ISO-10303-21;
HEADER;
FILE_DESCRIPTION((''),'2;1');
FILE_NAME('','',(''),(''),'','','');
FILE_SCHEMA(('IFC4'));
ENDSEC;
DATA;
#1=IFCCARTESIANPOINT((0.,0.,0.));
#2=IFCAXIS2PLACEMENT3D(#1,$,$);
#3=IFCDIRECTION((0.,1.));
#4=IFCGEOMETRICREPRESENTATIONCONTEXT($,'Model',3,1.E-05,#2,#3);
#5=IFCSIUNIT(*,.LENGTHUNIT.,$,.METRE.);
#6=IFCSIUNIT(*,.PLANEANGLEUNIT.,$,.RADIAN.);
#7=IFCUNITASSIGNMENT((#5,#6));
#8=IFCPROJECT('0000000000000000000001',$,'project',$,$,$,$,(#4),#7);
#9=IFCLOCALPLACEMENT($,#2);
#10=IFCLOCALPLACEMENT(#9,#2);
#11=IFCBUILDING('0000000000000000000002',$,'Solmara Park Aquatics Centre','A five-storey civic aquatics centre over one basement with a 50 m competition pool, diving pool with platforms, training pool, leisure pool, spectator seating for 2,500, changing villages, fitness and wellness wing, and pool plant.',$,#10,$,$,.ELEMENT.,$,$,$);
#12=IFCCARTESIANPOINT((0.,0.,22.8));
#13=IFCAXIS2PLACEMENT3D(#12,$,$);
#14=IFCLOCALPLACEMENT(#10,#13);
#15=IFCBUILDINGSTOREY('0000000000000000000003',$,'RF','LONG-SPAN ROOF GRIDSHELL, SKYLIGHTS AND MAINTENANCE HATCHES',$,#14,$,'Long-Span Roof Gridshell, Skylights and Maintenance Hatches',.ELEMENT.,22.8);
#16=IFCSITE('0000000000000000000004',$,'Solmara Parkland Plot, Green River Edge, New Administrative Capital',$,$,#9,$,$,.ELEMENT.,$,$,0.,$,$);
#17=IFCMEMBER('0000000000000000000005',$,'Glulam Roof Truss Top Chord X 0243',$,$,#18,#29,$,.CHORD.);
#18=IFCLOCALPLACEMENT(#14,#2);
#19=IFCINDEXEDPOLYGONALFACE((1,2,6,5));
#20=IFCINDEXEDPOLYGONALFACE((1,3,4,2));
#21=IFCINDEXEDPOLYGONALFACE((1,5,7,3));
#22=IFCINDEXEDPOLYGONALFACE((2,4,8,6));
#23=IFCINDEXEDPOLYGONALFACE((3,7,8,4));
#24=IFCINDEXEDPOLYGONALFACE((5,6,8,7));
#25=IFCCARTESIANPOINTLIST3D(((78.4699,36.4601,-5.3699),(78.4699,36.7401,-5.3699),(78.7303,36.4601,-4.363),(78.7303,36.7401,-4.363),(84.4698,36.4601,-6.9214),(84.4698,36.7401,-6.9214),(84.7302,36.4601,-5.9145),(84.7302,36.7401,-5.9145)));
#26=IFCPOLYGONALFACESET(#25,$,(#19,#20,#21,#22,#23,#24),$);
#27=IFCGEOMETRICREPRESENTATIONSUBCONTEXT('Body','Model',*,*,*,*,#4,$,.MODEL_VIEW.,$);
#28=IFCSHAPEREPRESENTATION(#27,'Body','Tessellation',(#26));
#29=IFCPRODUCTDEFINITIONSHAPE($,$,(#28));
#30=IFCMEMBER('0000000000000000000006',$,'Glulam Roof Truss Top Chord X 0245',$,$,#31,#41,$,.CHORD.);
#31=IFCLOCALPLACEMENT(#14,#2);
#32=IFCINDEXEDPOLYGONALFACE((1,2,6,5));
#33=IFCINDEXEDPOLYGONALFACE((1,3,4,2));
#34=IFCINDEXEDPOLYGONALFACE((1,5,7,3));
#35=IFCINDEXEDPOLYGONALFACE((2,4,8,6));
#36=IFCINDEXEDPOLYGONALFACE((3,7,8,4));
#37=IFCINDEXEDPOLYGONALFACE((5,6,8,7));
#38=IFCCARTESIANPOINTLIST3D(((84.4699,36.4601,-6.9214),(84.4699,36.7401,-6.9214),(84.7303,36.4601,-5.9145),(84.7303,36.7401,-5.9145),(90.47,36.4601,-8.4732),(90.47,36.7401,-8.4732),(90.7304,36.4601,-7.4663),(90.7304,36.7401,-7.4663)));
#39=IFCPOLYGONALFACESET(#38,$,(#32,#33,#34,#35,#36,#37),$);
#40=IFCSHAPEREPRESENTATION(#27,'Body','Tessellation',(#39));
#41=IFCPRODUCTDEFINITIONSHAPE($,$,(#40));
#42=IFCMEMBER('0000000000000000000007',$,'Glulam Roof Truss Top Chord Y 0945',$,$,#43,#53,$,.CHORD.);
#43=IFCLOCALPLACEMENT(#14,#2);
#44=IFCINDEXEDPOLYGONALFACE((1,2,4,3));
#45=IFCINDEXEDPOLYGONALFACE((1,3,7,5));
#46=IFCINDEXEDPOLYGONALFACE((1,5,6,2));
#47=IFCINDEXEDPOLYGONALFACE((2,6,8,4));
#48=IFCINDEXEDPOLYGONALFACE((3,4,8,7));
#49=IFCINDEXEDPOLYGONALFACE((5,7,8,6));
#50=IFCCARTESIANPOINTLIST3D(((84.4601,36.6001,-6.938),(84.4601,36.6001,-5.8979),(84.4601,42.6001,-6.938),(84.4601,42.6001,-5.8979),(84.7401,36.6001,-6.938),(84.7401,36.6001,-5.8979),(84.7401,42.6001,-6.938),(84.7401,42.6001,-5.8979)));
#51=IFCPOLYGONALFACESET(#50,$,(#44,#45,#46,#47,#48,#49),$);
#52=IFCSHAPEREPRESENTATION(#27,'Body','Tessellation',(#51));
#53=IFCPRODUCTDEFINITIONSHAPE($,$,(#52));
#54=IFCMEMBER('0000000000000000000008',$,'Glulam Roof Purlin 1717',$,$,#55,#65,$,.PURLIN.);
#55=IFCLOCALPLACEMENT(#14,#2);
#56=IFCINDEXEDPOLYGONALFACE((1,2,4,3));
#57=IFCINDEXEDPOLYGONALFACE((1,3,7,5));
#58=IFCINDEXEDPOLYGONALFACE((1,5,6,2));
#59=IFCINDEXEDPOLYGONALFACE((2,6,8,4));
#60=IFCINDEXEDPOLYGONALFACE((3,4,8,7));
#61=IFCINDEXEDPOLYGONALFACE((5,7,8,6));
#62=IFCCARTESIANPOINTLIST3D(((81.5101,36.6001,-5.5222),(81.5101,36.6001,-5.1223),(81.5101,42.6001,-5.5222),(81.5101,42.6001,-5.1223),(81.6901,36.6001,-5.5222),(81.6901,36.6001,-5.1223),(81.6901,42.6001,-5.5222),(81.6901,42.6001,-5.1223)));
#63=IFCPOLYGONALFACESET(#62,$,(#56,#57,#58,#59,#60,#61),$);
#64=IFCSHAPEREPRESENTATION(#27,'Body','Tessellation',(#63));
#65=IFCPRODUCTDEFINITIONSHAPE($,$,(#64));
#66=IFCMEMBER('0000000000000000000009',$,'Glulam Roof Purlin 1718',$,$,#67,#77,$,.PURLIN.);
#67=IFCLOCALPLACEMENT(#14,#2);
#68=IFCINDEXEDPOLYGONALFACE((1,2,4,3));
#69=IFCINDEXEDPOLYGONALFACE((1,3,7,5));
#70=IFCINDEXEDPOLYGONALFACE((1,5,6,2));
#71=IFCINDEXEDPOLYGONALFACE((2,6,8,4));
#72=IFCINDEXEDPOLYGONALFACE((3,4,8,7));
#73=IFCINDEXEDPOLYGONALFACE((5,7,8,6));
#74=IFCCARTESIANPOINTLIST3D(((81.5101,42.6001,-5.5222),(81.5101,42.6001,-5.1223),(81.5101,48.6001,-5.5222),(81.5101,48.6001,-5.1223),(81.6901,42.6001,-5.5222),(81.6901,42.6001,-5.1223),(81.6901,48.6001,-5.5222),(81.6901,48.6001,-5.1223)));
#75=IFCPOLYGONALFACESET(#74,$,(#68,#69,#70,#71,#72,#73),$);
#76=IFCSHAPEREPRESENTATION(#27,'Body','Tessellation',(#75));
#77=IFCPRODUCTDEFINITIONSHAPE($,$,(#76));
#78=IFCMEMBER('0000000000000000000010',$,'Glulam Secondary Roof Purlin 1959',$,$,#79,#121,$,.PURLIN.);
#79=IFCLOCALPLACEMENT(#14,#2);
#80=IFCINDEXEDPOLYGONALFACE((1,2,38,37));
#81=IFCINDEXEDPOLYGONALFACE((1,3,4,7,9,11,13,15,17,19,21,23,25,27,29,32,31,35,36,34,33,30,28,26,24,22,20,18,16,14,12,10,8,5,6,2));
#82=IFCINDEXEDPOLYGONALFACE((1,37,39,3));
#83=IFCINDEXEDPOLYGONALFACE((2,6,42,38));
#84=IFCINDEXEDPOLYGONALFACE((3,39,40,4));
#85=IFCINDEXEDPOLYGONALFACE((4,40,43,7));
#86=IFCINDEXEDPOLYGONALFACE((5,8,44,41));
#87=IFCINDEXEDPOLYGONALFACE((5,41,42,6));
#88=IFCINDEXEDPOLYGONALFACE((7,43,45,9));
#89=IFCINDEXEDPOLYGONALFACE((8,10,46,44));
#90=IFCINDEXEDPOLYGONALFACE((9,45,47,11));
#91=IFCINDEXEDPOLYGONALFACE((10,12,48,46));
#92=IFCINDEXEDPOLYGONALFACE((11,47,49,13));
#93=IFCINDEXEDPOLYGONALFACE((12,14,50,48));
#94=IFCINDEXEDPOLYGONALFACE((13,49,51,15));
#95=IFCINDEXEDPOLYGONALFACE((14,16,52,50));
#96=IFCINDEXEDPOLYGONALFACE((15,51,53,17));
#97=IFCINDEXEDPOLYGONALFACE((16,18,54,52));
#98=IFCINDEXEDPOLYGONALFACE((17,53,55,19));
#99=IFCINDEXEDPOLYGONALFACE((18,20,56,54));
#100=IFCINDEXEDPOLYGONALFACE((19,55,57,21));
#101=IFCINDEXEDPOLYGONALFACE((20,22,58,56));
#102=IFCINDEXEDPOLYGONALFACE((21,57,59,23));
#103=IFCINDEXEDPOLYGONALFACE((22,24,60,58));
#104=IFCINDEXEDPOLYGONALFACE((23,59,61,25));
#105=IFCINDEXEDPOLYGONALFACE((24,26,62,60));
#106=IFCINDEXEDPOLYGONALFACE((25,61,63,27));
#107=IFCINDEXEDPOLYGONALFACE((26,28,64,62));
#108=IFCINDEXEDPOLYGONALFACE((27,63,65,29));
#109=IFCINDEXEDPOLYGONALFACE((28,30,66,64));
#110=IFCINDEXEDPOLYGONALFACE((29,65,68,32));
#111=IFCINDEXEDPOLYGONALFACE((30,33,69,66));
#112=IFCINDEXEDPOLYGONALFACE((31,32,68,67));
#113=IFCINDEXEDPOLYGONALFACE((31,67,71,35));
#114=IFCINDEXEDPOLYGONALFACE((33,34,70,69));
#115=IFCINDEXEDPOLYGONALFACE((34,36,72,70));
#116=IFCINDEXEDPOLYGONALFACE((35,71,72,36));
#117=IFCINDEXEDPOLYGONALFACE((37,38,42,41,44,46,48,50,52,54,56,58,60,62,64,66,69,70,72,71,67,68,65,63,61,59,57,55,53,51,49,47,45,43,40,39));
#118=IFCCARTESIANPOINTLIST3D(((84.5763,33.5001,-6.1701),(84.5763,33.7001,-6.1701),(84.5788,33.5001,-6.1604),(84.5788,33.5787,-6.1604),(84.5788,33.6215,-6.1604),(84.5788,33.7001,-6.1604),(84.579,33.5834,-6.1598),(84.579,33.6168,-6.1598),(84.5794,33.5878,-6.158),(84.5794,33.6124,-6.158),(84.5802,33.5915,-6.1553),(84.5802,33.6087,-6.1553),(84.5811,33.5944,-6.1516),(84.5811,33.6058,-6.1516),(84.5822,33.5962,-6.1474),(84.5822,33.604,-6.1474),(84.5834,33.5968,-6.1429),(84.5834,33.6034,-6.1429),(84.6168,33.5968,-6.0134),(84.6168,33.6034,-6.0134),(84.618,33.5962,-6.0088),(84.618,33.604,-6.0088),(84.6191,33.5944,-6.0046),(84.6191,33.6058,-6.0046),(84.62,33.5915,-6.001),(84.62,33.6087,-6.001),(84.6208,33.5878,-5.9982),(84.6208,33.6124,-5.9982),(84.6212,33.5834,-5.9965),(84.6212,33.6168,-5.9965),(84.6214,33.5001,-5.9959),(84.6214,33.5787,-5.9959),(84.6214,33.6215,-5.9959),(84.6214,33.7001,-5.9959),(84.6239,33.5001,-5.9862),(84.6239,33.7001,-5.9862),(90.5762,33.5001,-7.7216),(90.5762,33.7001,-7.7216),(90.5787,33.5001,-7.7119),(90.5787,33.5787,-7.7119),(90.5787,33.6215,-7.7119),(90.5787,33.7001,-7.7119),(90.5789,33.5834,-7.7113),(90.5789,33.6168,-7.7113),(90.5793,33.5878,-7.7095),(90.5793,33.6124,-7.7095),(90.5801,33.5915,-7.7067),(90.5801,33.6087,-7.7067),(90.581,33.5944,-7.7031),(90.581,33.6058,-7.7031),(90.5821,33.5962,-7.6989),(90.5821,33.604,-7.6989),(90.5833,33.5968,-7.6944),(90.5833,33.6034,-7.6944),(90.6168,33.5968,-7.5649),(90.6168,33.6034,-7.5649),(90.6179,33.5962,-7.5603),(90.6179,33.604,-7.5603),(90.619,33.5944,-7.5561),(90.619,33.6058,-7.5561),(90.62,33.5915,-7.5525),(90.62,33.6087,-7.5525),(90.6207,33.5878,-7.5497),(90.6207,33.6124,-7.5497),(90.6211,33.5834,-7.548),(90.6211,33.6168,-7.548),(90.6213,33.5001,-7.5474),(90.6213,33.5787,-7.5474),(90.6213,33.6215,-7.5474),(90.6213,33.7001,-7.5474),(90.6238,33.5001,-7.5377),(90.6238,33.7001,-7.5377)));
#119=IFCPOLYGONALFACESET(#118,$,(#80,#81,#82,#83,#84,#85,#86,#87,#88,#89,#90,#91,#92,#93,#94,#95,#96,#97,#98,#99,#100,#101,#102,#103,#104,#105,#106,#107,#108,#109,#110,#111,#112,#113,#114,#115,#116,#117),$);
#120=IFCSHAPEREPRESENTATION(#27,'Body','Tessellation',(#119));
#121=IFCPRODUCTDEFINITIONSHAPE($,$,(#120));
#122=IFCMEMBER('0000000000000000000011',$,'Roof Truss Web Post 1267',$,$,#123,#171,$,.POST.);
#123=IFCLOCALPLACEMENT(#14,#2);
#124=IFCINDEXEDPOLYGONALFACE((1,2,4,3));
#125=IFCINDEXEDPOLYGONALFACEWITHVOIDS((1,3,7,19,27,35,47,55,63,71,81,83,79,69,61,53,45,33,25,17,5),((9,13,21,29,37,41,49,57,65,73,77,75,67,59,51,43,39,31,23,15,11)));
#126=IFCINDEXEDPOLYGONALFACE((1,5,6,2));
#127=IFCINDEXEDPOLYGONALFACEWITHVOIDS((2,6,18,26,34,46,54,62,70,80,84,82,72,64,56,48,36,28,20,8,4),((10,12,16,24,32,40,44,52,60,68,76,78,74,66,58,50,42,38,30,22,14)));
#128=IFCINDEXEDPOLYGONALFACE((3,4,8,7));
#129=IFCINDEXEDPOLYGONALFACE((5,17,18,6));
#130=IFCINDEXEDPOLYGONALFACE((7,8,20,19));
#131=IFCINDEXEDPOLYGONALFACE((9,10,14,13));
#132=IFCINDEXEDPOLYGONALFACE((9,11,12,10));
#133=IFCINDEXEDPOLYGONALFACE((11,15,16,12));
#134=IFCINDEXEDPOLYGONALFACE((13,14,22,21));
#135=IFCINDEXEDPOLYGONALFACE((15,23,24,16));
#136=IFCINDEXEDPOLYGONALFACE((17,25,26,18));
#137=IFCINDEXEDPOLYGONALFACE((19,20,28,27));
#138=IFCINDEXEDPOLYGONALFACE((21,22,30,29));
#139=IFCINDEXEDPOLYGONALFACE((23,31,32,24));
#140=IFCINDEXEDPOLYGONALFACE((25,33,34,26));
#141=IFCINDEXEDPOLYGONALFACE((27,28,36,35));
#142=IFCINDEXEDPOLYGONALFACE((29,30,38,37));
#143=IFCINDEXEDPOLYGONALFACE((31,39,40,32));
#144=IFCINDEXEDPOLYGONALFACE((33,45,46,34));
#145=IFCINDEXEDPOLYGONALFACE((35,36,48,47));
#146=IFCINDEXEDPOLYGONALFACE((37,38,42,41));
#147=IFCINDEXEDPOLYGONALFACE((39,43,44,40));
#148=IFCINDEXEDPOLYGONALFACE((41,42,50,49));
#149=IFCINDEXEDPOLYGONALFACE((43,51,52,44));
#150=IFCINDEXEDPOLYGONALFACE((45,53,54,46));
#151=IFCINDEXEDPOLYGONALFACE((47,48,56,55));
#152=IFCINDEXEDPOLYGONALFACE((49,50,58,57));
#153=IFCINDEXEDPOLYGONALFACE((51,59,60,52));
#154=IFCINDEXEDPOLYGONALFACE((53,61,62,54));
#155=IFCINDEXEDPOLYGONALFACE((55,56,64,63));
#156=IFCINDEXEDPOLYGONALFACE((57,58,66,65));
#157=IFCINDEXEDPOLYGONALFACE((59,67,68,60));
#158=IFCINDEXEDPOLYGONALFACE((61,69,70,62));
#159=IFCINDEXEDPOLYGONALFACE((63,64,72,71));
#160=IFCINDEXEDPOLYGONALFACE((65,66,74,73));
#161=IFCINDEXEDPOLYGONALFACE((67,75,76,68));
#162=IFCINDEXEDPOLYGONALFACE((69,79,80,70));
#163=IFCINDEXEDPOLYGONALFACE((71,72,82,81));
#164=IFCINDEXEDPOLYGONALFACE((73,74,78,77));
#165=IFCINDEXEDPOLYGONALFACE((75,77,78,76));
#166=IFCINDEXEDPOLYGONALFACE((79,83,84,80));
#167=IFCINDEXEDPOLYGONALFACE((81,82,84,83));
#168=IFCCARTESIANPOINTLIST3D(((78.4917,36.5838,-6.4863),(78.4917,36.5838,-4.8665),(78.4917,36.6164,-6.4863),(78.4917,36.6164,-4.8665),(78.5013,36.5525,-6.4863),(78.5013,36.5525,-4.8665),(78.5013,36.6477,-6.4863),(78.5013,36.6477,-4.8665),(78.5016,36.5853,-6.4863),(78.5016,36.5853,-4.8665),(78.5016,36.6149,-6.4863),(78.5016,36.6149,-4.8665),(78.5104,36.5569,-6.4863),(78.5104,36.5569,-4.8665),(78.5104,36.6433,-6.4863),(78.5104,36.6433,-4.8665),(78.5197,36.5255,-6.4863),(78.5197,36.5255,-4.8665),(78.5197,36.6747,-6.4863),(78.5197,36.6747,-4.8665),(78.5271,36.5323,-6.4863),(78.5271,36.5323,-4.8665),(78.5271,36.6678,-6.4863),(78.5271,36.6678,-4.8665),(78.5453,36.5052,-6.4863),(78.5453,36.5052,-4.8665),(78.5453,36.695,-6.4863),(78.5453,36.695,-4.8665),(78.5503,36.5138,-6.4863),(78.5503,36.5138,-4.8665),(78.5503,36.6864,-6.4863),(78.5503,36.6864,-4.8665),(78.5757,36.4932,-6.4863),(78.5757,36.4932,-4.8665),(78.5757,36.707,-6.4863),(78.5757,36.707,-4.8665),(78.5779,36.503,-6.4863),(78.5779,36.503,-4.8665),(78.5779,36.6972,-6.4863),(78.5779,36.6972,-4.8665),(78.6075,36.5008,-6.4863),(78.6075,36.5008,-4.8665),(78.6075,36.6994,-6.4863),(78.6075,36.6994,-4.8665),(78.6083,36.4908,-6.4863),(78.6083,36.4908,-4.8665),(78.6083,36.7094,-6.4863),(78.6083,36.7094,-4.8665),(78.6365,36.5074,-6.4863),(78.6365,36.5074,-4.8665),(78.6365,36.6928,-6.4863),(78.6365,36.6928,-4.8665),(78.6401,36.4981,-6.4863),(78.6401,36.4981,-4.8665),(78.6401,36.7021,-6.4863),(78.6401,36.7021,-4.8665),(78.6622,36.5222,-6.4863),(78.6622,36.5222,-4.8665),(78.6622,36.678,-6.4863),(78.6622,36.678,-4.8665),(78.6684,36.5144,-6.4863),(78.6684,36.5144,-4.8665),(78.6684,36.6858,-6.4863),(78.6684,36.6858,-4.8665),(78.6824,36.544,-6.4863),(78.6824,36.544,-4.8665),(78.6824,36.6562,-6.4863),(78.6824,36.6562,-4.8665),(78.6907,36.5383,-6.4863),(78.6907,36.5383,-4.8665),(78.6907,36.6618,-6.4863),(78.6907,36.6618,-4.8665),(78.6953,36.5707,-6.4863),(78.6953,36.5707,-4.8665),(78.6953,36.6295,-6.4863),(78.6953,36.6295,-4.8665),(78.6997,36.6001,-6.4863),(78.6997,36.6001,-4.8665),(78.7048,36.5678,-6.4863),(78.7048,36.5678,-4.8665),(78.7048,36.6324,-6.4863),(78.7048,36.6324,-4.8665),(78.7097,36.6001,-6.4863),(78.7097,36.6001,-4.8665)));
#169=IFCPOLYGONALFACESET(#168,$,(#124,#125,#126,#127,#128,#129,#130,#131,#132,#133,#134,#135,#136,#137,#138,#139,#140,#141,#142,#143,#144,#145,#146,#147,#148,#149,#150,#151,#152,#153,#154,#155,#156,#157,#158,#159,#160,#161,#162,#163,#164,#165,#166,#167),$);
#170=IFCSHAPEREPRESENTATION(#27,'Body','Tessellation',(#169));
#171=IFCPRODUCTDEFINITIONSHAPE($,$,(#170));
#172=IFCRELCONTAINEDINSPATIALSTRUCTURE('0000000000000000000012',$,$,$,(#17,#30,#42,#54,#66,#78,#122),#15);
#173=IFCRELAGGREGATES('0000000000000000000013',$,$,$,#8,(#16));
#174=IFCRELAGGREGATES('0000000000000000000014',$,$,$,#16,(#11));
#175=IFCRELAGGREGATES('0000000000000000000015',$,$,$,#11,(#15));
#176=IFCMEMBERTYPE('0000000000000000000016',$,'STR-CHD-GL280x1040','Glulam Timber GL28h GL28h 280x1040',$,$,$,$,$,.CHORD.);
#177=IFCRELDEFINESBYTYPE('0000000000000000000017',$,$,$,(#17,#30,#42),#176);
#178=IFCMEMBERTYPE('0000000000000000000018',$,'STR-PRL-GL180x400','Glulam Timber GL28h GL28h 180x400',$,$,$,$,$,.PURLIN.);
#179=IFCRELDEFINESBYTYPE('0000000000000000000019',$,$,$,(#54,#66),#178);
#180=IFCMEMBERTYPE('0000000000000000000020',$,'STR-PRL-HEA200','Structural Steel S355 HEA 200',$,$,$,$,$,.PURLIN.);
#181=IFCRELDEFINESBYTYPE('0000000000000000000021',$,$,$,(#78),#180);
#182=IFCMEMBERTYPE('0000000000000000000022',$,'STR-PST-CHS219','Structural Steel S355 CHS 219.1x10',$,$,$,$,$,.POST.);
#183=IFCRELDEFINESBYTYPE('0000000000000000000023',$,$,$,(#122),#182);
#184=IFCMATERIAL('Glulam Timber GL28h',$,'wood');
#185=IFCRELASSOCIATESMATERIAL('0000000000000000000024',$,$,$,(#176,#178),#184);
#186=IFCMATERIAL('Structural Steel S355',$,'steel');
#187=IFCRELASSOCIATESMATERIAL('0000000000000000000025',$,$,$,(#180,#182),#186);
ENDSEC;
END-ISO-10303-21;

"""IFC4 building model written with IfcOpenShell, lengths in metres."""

from ifc_helpers import new_model, si_unit, direction, frame, origin, origin_2d, place, context, subcontext, project, spatial, rectangle, hollow_circle, i_section, extrude, material, material_profile, profile_set, type_object, element, save


model = new_model("IFC4")

# Units and contexts
model_context = context("Model", 3, precision=1e-05, world=origin(), true_north=direction((0.0, 1.0)))
body_context = subcontext(model_context, "Body", "Model", "MODEL_VIEW")
ifc_project = project(units=[si_unit("LENGTHUNIT", "METRE"), si_unit("PLANEANGLEUNIT", "RADIAN")], contexts=[model_context])

# Site, building, storey
site_placement = place(None, origin())
site = spatial("IfcSite", under=ifc_project, at=site_placement, Name="Solmara Parkland Plot, Green River Edge, New Administrative Capital", CompositionType="ELEMENT", RefElevation=0.0)
building_placement = place(site_placement, origin())
building = spatial("IfcBuilding", under=site, at=building_placement, Name="Solmara Park Aquatics Centre", Description="A five-storey civic aquatics centre over one basement with a 50 m competition pool, diving pool with platforms, training pool, leisure pool, spectator seating for 2,500, changing villages, fitness and wellness wing, and pool plant.", CompositionType="ELEMENT")
storey_placement = place(building_placement, frame((0.0, 0.0, 22.8)))
storey = spatial("IfcBuildingStorey", under=building, at=storey_placement, Name="RF", Description="LONG-SPAN ROOF GRIDSHELL, SKYLIGHTS AND MAINTENANCE HATCHES", LongName="Long-Span Roof Gridshell, Skylights and Maintenance Hatches", CompositionType="ELEMENT", Elevation=22.8)

# Members
ifc_material_1 = material(Name="Structural Steel S355", Category="steel")
ifc_material_2 = material(Name="Glulam Timber GL28h", Category="wood")
ifc_material_profile_1 = material_profile(ifc_material_2, rectangle(XDim=0.28, YDim=1.04, at=origin_2d()), Name="GL28h 280x1040")
ifc_profile_set_1 = profile_set([ifc_material_profile_1], Name="Glulam Timber GL28h")
member_type_1 = type_object("IfcMemberType", Name="STR-CHD-GL280x1040", Description="Glulam Timber GL28h GL28h 280x1040", PredefinedType="CHORD", material=ifc_profile_set_1)
member_1_placement = place(storey_placement, frame((78.6001, 36.6001, -4.8665), z_axis=(0.968155, 0.0, -0.250351), x_axis=(0.0, 1.0, 0.0)))
element("IfcMember", 1, at=member_1_placement, inside=storey, type_object=member_type_1, Name="Glulam Roof Truss Top Chord X 0243", PredefinedType="CHORD", context=body_context, shape_type="SweptSolid", body=[
    extrude(rectangle(XDim=0.28, YDim=1.04, at=origin_2d()), origin(), (0.0, 0.0, 1.0), 6.1973),
])
member_2_placement = place(storey_placement, frame((84.6001, 36.6001, -6.418), z_axis=(0.968146, 0.0, -0.250388), x_axis=(0.0, 1.0, 0.0)))
element("IfcMember", 2, at=member_2_placement, inside=storey, type_object=member_type_1, Name="Glulam Roof Truss Top Chord X 0245", PredefinedType="CHORD", context=body_context, shape_type="SweptSolid", body=[
    extrude(rectangle(XDim=0.28, YDim=1.04, at=origin_2d()), origin(), (0.0, 0.0, 1.0), 6.1975),
])
member_3_placement = place(storey_placement, frame((84.6001, 36.6001, -6.418), z_axis=(0.0, 1.0, 0.0), x_axis=(-1.0, 0.0, 0.0)))
element("IfcMember", 3, at=member_3_placement, inside=storey, type_object=member_type_1, Name="Glulam Roof Truss Top Chord Y 0945", PredefinedType="CHORD", context=body_context, shape_type="SweptSolid", body=[
    extrude(rectangle(XDim=0.28, YDim=1.04, at=origin_2d()), origin(), (0.0, 0.0, 1.0), 6.0),
])
ifc_material_profile_2 = material_profile(ifc_material_2, rectangle(XDim=0.1799, YDim=0.3999, at=origin_2d()), Name="GL28h 180x400")
ifc_profile_set_2 = profile_set([ifc_material_profile_2], Name="Glulam Timber GL28h")
member_type_2 = type_object("IfcMemberType", Name="STR-PRL-GL180x400", Description="Glulam Timber GL28h GL28h 180x400", PredefinedType="PURLIN", material=ifc_profile_set_2)
for number, where, z_axis, x_axis, name in (
    (4, (81.6001, 36.6001, -5.3223), (0.0, 1.0, 0.0), (-1.0, 0.0, 0.0), "Glulam Roof Purlin 1717"),
    (5, (81.6001, 42.6001, -5.3223), (0.0, 1.0, 0.0), (-1.0, 0.0, 0.0), "Glulam Roof Purlin 1718"),
):
    element("IfcMember", number, at=place(storey_placement, frame(where, z_axis=z_axis, x_axis=x_axis)), inside=storey, type_object=member_type_2, Name=name, PredefinedType="PURLIN", context=body_context, shape_type="SweptSolid", body=[
        extrude(rectangle(XDim=0.1799, YDim=0.3999, at=origin_2d()), origin(), (0.0, 0.0, 1.0), 6.0),
    ])
ifc_material_profile_3 = material_profile(ifc_material_1, i_section(OverallWidth=0.2, OverallDepth=0.1899, WebThickness=0.0066, FlangeThickness=0.01, FilletRadius=0.0181, at=origin_2d()), Name="HEA 200")
ifc_profile_set_3 = profile_set([ifc_material_profile_3], Name="Structural Steel S355")
member_type_3 = type_object("IfcMemberType", Name="STR-PRL-HEA200", Description="Structural Steel S355 HEA 200", PredefinedType="PURLIN", material=ifc_profile_set_3)
member_4_placement = place(storey_placement, frame((84.6001, 33.6001, -6.0781), z_axis=(0.968155, 0.0, -0.250351), x_axis=(0.0, 1.0, 0.0)))
element("IfcMember", 6, at=member_4_placement, inside=storey, type_object=member_type_3, Name="Glulam Secondary Roof Purlin 1959", PredefinedType="PURLIN", context=body_context, shape_type="SweptSolid", body=[
    extrude(i_section(OverallWidth=0.2, OverallDepth=0.1899, WebThickness=0.0066, FlangeThickness=0.01, FilletRadius=0.0181, at=origin_2d()), origin(), (0.0, 0.0, 1.0), 6.1973),
])
ifc_material_profile_4 = material_profile(ifc_material_1, hollow_circle(Radius=0.1096, WallThickness=0.01, at=origin_2d()), Name="CHS 219.1x10")
ifc_profile_set_4 = profile_set([ifc_material_profile_4], Name="Structural Steel S355")
member_type_4 = type_object("IfcMemberType", Name="STR-PST-CHS219", Description="Structural Steel S355 CHS 219.1x10", PredefinedType="POST", material=ifc_profile_set_4)
for number, where, z_axis, x_axis, name in (
    (7, (78.6001, 36.6001, -6.4863), (0.0, 0.0, 1.0), (1.0, 0.0, 0.0), "Roof Truss Web Post 1267"),
):
    element("IfcMember", number, at=place(storey_placement, frame(where, z_axis=z_axis, x_axis=x_axis)), inside=storey, type_object=member_type_4, Name=name, PredefinedType="POST", context=body_context, shape_type="SweptSolid", body=[
        extrude(hollow_circle(Radius=0.1096, WallThickness=0.01, at=origin_2d()), origin(), (0.0, 0.0, 1.0), 1.6199),
    ])

save(model, "model.ifc")
